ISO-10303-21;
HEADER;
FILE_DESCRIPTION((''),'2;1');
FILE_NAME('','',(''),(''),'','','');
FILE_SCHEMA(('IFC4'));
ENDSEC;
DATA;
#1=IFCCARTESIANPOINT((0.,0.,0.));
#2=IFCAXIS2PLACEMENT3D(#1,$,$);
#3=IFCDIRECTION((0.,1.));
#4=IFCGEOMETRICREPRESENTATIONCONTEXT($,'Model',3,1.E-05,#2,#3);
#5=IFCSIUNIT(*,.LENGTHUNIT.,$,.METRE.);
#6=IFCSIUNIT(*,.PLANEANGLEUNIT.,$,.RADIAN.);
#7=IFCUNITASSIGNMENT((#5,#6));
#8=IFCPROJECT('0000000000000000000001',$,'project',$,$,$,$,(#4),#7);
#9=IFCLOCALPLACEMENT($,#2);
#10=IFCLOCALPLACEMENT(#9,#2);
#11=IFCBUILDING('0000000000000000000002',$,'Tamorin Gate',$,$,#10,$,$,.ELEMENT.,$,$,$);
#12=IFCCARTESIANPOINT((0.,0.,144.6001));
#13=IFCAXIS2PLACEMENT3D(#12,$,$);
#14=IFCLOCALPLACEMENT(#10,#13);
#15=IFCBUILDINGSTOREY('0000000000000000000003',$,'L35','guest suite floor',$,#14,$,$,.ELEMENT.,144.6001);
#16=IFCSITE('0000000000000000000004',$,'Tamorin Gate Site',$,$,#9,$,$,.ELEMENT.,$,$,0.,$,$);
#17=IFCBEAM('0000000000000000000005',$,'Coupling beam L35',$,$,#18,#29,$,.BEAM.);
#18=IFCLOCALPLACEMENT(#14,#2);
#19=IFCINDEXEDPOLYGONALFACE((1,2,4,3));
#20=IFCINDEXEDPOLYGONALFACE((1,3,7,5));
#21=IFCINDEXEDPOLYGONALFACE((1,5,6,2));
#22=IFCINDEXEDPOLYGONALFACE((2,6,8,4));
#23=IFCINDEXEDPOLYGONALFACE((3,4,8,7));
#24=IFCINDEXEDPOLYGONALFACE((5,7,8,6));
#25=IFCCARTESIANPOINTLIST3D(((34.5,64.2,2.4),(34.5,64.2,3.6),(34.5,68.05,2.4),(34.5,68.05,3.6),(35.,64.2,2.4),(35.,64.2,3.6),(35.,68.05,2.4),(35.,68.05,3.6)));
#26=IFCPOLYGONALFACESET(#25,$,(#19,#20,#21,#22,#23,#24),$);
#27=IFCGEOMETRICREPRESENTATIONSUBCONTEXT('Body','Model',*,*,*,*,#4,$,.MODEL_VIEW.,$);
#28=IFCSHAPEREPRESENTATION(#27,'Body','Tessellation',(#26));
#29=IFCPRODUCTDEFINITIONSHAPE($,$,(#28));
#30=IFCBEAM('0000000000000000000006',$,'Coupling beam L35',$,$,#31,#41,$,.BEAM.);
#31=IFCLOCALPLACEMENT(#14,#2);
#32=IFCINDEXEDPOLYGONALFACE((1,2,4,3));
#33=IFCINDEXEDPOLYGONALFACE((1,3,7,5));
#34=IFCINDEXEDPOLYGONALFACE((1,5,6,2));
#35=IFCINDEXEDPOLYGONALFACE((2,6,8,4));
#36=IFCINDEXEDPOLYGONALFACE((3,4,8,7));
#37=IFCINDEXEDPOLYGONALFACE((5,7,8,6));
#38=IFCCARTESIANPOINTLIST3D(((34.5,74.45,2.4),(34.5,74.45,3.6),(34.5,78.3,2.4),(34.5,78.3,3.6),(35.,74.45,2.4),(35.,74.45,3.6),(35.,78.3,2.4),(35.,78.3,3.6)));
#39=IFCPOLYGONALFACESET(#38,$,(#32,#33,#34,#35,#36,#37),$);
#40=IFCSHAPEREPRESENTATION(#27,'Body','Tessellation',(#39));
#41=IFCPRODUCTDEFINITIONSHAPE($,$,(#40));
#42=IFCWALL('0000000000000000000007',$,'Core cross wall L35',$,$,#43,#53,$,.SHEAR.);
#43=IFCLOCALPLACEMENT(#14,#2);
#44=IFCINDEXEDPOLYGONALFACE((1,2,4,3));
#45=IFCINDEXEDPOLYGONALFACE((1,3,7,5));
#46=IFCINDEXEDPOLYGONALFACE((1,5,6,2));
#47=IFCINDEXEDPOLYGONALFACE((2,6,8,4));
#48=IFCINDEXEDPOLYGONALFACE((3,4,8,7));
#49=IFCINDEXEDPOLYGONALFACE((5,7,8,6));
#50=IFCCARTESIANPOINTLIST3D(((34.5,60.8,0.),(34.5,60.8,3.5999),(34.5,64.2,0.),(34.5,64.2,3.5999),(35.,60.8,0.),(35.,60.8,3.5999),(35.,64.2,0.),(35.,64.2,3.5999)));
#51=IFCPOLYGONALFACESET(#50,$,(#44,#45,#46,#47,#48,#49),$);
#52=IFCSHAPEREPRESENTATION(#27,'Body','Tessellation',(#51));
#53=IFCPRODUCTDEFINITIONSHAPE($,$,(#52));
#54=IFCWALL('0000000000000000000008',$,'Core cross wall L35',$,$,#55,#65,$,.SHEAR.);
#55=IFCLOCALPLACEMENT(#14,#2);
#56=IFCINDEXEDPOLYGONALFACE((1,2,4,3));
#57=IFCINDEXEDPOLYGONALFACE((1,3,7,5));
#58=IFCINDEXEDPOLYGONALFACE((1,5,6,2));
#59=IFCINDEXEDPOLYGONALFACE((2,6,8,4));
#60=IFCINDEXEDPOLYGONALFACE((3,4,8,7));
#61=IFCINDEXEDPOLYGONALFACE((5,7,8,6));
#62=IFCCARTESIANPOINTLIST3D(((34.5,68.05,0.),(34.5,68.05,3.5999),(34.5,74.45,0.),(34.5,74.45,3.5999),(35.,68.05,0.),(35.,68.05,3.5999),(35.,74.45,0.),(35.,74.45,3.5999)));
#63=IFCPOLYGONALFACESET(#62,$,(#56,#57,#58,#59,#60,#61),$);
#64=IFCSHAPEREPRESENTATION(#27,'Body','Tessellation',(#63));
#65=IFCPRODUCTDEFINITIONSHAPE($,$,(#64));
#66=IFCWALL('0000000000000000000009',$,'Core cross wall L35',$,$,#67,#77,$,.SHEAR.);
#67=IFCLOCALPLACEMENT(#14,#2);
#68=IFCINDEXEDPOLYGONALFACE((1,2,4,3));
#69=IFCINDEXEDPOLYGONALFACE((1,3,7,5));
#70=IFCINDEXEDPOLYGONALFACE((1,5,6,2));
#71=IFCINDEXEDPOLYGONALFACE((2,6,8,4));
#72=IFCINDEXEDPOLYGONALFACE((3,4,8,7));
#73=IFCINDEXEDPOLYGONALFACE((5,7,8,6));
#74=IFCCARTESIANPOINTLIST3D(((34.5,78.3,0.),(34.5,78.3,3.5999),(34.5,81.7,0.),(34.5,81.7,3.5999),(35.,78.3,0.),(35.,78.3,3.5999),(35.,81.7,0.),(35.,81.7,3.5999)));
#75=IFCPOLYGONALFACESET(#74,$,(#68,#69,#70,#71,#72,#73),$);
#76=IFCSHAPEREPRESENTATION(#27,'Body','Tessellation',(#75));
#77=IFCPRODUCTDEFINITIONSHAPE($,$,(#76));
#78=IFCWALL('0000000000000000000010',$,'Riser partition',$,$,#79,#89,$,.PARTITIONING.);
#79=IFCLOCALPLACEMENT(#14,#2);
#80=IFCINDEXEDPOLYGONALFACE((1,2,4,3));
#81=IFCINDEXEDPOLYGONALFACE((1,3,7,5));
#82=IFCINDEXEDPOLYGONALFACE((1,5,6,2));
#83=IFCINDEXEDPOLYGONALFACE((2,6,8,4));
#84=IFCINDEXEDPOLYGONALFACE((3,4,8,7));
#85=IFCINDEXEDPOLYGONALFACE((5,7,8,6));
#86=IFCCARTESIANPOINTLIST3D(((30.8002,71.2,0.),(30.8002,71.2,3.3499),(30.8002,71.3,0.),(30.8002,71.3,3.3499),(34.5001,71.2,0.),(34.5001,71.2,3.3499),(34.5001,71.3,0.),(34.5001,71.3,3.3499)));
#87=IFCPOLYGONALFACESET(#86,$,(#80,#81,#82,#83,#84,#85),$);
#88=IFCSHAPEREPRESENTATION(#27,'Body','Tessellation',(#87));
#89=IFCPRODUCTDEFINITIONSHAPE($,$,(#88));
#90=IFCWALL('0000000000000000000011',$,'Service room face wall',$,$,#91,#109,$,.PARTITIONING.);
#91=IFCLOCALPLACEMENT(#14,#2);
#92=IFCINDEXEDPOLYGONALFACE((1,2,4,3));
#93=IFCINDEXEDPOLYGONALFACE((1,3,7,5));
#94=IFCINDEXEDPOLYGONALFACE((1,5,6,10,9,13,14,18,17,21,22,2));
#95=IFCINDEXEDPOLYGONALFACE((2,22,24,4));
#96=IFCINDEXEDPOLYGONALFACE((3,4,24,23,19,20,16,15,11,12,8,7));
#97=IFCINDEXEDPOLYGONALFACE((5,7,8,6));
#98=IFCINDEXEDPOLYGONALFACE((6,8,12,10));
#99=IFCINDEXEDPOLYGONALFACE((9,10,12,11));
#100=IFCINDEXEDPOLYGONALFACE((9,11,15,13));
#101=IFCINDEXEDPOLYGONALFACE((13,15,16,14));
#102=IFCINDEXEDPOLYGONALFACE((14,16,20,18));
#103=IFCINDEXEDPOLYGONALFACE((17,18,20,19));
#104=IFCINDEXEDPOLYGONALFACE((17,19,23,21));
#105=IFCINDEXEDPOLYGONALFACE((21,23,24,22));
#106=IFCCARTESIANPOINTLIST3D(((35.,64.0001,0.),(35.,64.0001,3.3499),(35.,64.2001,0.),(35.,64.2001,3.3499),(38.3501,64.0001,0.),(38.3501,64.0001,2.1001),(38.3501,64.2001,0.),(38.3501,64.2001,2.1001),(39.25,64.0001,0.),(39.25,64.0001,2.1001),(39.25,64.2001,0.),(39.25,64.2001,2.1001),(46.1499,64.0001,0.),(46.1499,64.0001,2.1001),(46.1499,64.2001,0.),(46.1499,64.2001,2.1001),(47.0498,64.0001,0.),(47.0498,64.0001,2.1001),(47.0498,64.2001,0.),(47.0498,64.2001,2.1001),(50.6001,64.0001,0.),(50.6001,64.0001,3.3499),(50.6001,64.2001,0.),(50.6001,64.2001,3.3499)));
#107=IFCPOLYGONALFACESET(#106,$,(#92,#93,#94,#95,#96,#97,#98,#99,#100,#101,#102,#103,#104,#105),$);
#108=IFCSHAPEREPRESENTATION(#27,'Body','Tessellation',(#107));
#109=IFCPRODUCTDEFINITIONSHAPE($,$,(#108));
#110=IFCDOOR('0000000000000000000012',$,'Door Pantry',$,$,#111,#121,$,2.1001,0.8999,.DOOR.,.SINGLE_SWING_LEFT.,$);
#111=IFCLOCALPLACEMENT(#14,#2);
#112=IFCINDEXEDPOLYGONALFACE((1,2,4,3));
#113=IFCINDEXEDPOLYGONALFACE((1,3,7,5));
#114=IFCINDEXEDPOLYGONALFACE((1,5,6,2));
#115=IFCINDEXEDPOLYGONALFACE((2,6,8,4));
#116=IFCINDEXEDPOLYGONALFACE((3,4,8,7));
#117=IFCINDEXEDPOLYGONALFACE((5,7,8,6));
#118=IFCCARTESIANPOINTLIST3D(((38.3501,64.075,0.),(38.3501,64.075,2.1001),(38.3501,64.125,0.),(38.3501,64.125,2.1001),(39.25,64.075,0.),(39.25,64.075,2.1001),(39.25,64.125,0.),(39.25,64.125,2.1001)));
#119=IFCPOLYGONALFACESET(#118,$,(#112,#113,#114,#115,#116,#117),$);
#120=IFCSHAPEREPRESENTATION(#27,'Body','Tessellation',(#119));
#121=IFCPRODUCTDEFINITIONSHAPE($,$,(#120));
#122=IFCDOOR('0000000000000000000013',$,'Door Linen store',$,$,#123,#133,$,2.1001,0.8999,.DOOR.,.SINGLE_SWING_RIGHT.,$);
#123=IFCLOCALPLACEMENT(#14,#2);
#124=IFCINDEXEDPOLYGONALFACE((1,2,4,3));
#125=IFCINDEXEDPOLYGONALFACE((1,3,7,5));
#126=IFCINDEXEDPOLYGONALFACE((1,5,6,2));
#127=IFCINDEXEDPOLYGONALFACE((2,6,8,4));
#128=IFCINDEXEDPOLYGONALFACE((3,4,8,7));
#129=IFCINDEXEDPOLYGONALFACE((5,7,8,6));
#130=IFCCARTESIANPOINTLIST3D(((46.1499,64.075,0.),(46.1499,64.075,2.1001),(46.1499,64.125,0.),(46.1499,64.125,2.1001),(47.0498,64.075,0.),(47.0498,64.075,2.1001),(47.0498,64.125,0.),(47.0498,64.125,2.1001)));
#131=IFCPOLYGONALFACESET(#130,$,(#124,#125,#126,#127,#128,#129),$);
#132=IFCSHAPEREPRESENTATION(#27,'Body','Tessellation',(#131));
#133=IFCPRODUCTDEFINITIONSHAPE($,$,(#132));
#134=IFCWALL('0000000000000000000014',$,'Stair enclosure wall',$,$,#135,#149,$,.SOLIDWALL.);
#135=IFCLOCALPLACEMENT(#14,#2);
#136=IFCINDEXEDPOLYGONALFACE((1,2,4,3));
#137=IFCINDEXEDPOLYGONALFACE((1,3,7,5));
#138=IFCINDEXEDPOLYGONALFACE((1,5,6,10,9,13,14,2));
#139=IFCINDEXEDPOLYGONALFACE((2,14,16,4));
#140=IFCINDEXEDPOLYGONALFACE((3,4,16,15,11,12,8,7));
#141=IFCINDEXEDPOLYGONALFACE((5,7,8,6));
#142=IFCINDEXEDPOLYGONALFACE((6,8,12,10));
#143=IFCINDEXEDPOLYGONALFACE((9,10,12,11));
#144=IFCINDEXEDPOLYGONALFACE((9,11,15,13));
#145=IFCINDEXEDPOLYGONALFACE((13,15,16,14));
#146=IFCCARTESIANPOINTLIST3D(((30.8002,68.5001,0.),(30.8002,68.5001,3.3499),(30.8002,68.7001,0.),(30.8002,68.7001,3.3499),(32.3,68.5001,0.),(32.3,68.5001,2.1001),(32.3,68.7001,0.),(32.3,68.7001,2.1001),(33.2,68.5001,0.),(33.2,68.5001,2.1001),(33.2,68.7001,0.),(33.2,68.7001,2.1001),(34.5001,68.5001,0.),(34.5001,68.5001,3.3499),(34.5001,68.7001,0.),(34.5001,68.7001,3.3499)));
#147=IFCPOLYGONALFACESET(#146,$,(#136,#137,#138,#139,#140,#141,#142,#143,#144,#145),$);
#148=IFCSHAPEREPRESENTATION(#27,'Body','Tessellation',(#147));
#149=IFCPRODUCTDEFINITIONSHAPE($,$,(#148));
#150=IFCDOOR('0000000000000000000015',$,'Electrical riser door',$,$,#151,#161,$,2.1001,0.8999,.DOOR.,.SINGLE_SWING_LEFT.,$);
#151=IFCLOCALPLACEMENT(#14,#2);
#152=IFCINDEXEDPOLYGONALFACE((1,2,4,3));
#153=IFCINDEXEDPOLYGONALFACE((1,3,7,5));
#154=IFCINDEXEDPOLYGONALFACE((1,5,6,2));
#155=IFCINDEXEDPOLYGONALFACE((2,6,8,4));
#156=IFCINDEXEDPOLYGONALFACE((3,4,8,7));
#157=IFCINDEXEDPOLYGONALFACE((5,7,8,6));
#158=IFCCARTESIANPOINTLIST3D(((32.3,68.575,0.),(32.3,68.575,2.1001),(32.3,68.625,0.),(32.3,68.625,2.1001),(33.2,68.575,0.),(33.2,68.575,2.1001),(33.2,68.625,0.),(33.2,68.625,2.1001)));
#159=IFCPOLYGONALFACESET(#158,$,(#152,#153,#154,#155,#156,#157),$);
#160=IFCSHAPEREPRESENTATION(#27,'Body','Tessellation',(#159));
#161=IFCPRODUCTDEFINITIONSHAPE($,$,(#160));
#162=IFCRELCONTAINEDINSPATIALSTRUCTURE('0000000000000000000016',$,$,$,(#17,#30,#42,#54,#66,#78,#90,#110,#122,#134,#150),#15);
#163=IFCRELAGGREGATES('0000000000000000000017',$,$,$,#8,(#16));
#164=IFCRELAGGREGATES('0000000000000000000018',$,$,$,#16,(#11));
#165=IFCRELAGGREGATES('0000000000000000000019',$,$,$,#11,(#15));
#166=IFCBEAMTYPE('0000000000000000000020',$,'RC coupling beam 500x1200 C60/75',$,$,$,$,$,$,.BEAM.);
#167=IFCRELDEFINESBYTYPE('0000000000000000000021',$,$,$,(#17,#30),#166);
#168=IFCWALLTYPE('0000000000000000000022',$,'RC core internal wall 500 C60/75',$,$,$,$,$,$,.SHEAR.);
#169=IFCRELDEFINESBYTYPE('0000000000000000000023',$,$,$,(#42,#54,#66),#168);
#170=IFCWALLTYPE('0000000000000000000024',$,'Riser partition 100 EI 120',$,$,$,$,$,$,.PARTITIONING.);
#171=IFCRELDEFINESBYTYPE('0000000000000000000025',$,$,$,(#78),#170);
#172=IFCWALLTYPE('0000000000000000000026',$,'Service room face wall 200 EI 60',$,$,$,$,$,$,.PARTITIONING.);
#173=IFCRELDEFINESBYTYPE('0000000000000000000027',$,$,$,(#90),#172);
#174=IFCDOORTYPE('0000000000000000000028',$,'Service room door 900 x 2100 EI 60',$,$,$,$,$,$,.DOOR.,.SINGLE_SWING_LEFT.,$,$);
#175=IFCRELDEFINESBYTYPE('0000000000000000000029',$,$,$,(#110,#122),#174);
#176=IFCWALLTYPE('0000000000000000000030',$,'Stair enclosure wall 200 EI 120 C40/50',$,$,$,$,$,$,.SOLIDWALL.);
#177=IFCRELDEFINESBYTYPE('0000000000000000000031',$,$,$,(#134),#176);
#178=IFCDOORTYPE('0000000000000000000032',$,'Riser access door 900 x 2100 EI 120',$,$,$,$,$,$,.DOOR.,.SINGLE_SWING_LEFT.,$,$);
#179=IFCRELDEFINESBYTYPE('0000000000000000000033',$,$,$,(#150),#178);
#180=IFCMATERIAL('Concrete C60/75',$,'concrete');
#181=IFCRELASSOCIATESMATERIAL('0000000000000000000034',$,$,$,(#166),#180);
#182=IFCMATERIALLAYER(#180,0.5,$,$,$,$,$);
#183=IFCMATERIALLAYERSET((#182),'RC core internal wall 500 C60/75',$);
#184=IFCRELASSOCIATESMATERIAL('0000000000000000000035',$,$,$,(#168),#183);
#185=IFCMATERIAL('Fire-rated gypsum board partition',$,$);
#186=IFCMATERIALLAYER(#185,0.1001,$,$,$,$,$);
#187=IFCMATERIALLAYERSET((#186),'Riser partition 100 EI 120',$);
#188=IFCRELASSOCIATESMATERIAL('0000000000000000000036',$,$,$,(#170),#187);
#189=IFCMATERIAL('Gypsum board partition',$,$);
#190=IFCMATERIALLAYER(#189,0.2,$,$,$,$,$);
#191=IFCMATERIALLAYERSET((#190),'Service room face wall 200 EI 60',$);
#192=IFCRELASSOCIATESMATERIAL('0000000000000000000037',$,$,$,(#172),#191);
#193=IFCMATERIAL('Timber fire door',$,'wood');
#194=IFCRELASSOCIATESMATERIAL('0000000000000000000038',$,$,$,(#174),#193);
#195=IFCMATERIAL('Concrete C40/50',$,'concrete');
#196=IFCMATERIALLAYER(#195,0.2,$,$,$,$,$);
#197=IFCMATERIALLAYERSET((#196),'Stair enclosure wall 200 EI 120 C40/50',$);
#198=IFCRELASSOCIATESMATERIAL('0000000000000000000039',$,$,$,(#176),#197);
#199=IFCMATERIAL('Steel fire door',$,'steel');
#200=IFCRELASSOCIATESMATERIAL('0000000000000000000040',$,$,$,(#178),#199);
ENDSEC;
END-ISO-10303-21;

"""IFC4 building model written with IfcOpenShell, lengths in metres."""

from ifc_helpers import new_model, si_unit, direction, frame, frame_2d, origin, origin_2d, place, context, subcontext, project, spatial, rectangle, extrude, material, layer, layer_set, material_profile, profile_set, type_object, element, fill, save


model = new_model("IFC4")

# Units and contexts
model_context = context("Model", 3, precision=1e-05, world=origin(), true_north=direction((0.0, 1.0)))
body_context = subcontext(model_context, "Body", "Model", "MODEL_VIEW")
ifc_project = project(units=[si_unit("LENGTHUNIT", "METRE"), si_unit("PLANEANGLEUNIT", "RADIAN")], contexts=[model_context])

# Site, building, storey
site_placement = place(None, origin())
site = spatial("IfcSite", under=ifc_project, at=site_placement, Name="Tamorin Gate Site", CompositionType="ELEMENT", RefElevation=0.0)
building_placement = place(site_placement, origin())
building = spatial("IfcBuilding", under=site, at=building_placement, Name="Tamorin Gate", CompositionType="ELEMENT")
storey_placement = place(building_placement, frame((0.0, 0.0, 144.6001)))
storey = spatial("IfcBuildingStorey", under=building, at=storey_placement, Name="L35", Description="guest suite floor", CompositionType="ELEMENT", Elevation=144.6001)

# Beams
ifc_material_1 = material(Name="Concrete C60/75", Category="concrete")
ifc_material_profile = material_profile(ifc_material_1, rectangle(XDim=0.5, YDim=1.2, at=origin_2d()), Name="RC 500x1200")
ifc_profile_set = profile_set([ifc_material_profile], Name="Concrete C60/75")
beam_type = type_object("IfcBeamType", Name="RC coupling beam 500x1200 C60/75", PredefinedType="BEAM", material=ifc_profile_set)
for number, where, z_axis, x_axis, name in (
    (1, (34.75, 64.2, 3.0), (0.0, 1.0, 0.0), (-1.0, 0.0, 0.0), "Coupling beam L35"),
    (2, (34.75, 74.45, 3.0), (0.0, 1.0, 0.0), (-1.0, 0.0, 0.0), "Coupling beam L35"),
):
    element("IfcBeam", number, at=place(storey_placement, frame(where, z_axis=z_axis, x_axis=x_axis)), inside=storey, type_object=beam_type, Name=name, PredefinedType="BEAM", context=body_context, shape_type="SweptSolid", body=[
        extrude(rectangle(XDim=0.5, YDim=1.2, at=origin_2d()), origin(), (0.0, 0.0, 1.0), 3.8501),
    ])

# Walls
ifc_layer_1 = layer(ifc_material_1, 0.5)
ifc_layer_set_1 = layer_set([ifc_layer_1], Name="RC core internal wall 500 C60/75")
wall_type_1 = type_object("IfcWallType", Name="RC core internal wall 500 C60/75", PredefinedType="SHEAR", material=ifc_layer_set_1)
wall_1_placement = place(storey_placement, frame((34.75, 60.8, 0.0), z_axis=(0.0, 0.0, 1.0), x_axis=(0.0, 1.0, 0.0)))
element("IfcWall", 3, at=wall_1_placement, inside=storey, type_object=wall_type_1, Name="Core cross wall L35", PredefinedType="SHEAR", context=body_context, shape_type="SweptSolid", body=[
    extrude(rectangle(XDim=3.3999, YDim=0.5, at=frame_2d((1.7, 0.0))), origin(), (0.0, 0.0, 1.0), 3.5999),
])
wall_2_placement = place(storey_placement, frame((34.75, 68.05, 0.0), z_axis=(0.0, 0.0, 1.0), x_axis=(0.0, 1.0, 0.0)))
element("IfcWall", 4, at=wall_2_placement, inside=storey, type_object=wall_type_1, Name="Core cross wall L35", PredefinedType="SHEAR", context=body_context, shape_type="SweptSolid", body=[
    extrude(rectangle(XDim=6.3999, YDim=0.5, at=frame_2d((3.2, 0.0))), origin(), (0.0, 0.0, 1.0), 3.5999),
])
wall_3_placement = place(storey_placement, frame((34.75, 78.3, 0.0), z_axis=(0.0, 0.0, 1.0), x_axis=(0.0, 1.0, 0.0)))
element("IfcWall", 5, at=wall_3_placement, inside=storey, type_object=wall_type_1, Name="Core cross wall L35", PredefinedType="SHEAR", context=body_context, shape_type="SweptSolid", body=[
    extrude(rectangle(XDim=3.3999, YDim=0.5, at=frame_2d((1.7, 0.0))), origin(), (0.0, 0.0, 1.0), 3.5999),
])
ifc_material_2 = material(Name="Fire-rated gypsum board partition")
ifc_layer_2 = layer(ifc_material_2, 0.1001)
ifc_layer_set_2 = layer_set([ifc_layer_2], Name="Riser partition 100 EI 120")
wall_type_2 = type_object("IfcWallType", Name="Riser partition 100 EI 120", PredefinedType="PARTITIONING", material=ifc_layer_set_2)
wall_4_placement = place(storey_placement, frame((30.8, 71.25, 0.0), z_axis=(0.0, 0.0, 1.0), x_axis=(1.0, 0.0, 0.0)))
element("IfcWall", 6, at=wall_4_placement, inside=storey, type_object=wall_type_2, Name="Riser partition", PredefinedType="PARTITIONING", context=body_context, shape_type="SweptSolid", body=[
    extrude(rectangle(XDim=3.7, YDim=0.1001, at=frame_2d((1.8501, 0.0))), origin(), (0.0, 0.0, 1.0), 3.3499),
])

# Wall, openings, doors
ifc_material_3 = material(Name="Gypsum board partition")
ifc_layer_3 = layer(ifc_material_3, 0.2)
ifc_layer_set_3 = layer_set([ifc_layer_3], Name="Service room face wall 200 EI 60")
wall_type_3 = type_object("IfcWallType", Name="Service room face wall 200 EI 60", PredefinedType="PARTITIONING", material=ifc_layer_set_3)
wall_5_placement = place(storey_placement, frame((35.0, 64.1001, 0.0), z_axis=(0.0, 0.0, 1.0), x_axis=(1.0, 0.0, 0.0)))
wall_5 = element("IfcWall", 7, at=wall_5_placement, inside=storey, type_object=wall_type_3, Name="Service room face wall", PredefinedType="PARTITIONING", context=body_context, shape_type="SweptSolid", body=[
    extrude(rectangle(XDim=15.6001, YDim=0.2, at=frame_2d((7.8, 0.0))), origin(), (0.0, 0.0, 1.0), 3.3499),
])
opening_1_placement = place(wall_5_placement, frame((3.3501, 0.0, 0.0)))
opening_1 = element("IfcOpeningElement", 8, at=opening_1_placement, cuts=wall_5, PredefinedType="OPENING", context=body_context, shape_type="SweptSolid", body=[
    extrude(rectangle(XDim=0.8999, YDim=2.1001, at=frame_2d((0.45, 1.05))), frame((0.0, 0.1099, 0.0), z_axis=(0.0, -1.0, 0.0), x_axis=(1.0, 0.0, 0.0)), (0.0, 0.0, 1.0), 0.22),
])
opening_2_placement = place(wall_5_placement, frame((11.1499, 0.0, 0.0)))
opening_2 = element("IfcOpeningElement", 9, at=opening_2_placement, cuts=wall_5, PredefinedType="OPENING", context=body_context, shape_type="SweptSolid", body=[
    extrude(rectangle(XDim=0.8999, YDim=2.1001, at=frame_2d((0.45, 1.05))), frame((0.0, 0.1099, 0.0), z_axis=(0.0, -1.0, 0.0), x_axis=(1.0, 0.0, 0.0)), (0.0, 0.0, 1.0), 0.22),
])
ifc_material_4 = material(Name="Timber fire door", Category="wood")
door_type_1 = type_object("IfcDoorType", Name="Service room door 900 x 2100 EI 60", OperationType="SINGLE_SWING_LEFT", PredefinedType="DOOR", material=ifc_material_4)
door_1_placement = place(opening_1_placement, origin())
door_1 = element("IfcDoor", 10, at=door_1_placement, inside=storey, type_object=door_type_1, Name="Door Pantry", OperationType="SINGLE_SWING_LEFT", OverallHeight=2.1001, OverallWidth=0.8999, PredefinedType="DOOR", context=body_context, shape_type="SweptSolid", body=[
    extrude(rectangle(XDim=0.8999, YDim=2.1001, at=frame_2d((0.45, 1.05))), frame((0.0, 0.0249, 0.0), z_axis=(0.0, -1.0, 0.0), x_axis=(1.0, 0.0, 0.0)), (0.0, 0.0, 1.0), 0.05),
])
fill(opening_1, door_1)
door_2_placement = place(opening_2_placement, origin())
door_2 = element("IfcDoor", 11, at=door_2_placement, inside=storey, type_object=door_type_1, Name="Door Linen store", OperationType="SINGLE_SWING_RIGHT", OverallHeight=2.1001, OverallWidth=0.8999, PredefinedType="DOOR", context=body_context, shape_type="SweptSolid", body=[
    extrude(rectangle(XDim=0.8999, YDim=2.1001, at=frame_2d((0.45, 1.05))), frame((0.0, 0.0249, 0.0), z_axis=(0.0, -1.0, 0.0), x_axis=(1.0, 0.0, 0.0)), (0.0, 0.0, 1.0), 0.05),
])
fill(opening_2, door_2)

# Wall, opening, door
ifc_material_5 = material(Name="Concrete C40/50", Category="concrete")
ifc_layer_4 = layer(ifc_material_5, 0.2)
ifc_layer_set_4 = layer_set([ifc_layer_4], Name="Stair enclosure wall 200 EI 120 C40/50")
wall_type_4 = type_object("IfcWallType", Name="Stair enclosure wall 200 EI 120 C40/50", PredefinedType="SOLIDWALL", material=ifc_layer_set_4)
wall_6_placement = place(storey_placement, frame((30.8, 68.6001, 0.0), z_axis=(0.0, 0.0, 1.0), x_axis=(1.0, 0.0, 0.0)))
wall_6 = element("IfcWall", 12, at=wall_6_placement, inside=storey, type_object=wall_type_4, Name="Stair enclosure wall", PredefinedType="SOLIDWALL", context=body_context, shape_type="SweptSolid", body=[
    extrude(rectangle(XDim=3.7, YDim=0.2, at=frame_2d((1.8501, 0.0))), origin(), (0.0, 0.0, 1.0), 3.3499),
])
opening_3_placement = place(wall_6_placement, frame((1.5, 0.0, 0.0)))
opening_3 = element("IfcOpeningElement", 13, at=opening_3_placement, cuts=wall_6, PredefinedType="OPENING", context=body_context, shape_type="SweptSolid", body=[
    extrude(rectangle(XDim=0.8999, YDim=2.1001, at=frame_2d((0.45, 1.05))), frame((0.0, 0.1099, 0.0), z_axis=(0.0, -1.0, 0.0), x_axis=(1.0, 0.0, 0.0)), (0.0, 0.0, 1.0), 0.22),
])
ifc_material_6 = material(Name="Steel fire door", Category="steel")
door_type_2 = type_object("IfcDoorType", Name="Riser access door 900 x 2100 EI 120", OperationType="SINGLE_SWING_LEFT", PredefinedType="DOOR", material=ifc_material_6)
door_3_placement = place(opening_3_placement, origin())
door_3 = element("IfcDoor", 14, at=door_3_placement, inside=storey, type_object=door_type_2, Name="Electrical riser door", OperationType="SINGLE_SWING_LEFT", OverallHeight=2.1001, OverallWidth=0.8999, PredefinedType="DOOR", context=body_context, shape_type="SweptSolid", body=[
    extrude(rectangle(XDim=0.8999, YDim=2.1001, at=frame_2d((0.45, 1.05))), frame((0.0, 0.0249, 0.0), z_axis=(0.0, -1.0, 0.0), x_axis=(1.0, 0.0, 0.0)), (0.0, 0.0, 1.0), 0.05),
])
fill(opening_3, door_3)

save(model, "model.ifc")
